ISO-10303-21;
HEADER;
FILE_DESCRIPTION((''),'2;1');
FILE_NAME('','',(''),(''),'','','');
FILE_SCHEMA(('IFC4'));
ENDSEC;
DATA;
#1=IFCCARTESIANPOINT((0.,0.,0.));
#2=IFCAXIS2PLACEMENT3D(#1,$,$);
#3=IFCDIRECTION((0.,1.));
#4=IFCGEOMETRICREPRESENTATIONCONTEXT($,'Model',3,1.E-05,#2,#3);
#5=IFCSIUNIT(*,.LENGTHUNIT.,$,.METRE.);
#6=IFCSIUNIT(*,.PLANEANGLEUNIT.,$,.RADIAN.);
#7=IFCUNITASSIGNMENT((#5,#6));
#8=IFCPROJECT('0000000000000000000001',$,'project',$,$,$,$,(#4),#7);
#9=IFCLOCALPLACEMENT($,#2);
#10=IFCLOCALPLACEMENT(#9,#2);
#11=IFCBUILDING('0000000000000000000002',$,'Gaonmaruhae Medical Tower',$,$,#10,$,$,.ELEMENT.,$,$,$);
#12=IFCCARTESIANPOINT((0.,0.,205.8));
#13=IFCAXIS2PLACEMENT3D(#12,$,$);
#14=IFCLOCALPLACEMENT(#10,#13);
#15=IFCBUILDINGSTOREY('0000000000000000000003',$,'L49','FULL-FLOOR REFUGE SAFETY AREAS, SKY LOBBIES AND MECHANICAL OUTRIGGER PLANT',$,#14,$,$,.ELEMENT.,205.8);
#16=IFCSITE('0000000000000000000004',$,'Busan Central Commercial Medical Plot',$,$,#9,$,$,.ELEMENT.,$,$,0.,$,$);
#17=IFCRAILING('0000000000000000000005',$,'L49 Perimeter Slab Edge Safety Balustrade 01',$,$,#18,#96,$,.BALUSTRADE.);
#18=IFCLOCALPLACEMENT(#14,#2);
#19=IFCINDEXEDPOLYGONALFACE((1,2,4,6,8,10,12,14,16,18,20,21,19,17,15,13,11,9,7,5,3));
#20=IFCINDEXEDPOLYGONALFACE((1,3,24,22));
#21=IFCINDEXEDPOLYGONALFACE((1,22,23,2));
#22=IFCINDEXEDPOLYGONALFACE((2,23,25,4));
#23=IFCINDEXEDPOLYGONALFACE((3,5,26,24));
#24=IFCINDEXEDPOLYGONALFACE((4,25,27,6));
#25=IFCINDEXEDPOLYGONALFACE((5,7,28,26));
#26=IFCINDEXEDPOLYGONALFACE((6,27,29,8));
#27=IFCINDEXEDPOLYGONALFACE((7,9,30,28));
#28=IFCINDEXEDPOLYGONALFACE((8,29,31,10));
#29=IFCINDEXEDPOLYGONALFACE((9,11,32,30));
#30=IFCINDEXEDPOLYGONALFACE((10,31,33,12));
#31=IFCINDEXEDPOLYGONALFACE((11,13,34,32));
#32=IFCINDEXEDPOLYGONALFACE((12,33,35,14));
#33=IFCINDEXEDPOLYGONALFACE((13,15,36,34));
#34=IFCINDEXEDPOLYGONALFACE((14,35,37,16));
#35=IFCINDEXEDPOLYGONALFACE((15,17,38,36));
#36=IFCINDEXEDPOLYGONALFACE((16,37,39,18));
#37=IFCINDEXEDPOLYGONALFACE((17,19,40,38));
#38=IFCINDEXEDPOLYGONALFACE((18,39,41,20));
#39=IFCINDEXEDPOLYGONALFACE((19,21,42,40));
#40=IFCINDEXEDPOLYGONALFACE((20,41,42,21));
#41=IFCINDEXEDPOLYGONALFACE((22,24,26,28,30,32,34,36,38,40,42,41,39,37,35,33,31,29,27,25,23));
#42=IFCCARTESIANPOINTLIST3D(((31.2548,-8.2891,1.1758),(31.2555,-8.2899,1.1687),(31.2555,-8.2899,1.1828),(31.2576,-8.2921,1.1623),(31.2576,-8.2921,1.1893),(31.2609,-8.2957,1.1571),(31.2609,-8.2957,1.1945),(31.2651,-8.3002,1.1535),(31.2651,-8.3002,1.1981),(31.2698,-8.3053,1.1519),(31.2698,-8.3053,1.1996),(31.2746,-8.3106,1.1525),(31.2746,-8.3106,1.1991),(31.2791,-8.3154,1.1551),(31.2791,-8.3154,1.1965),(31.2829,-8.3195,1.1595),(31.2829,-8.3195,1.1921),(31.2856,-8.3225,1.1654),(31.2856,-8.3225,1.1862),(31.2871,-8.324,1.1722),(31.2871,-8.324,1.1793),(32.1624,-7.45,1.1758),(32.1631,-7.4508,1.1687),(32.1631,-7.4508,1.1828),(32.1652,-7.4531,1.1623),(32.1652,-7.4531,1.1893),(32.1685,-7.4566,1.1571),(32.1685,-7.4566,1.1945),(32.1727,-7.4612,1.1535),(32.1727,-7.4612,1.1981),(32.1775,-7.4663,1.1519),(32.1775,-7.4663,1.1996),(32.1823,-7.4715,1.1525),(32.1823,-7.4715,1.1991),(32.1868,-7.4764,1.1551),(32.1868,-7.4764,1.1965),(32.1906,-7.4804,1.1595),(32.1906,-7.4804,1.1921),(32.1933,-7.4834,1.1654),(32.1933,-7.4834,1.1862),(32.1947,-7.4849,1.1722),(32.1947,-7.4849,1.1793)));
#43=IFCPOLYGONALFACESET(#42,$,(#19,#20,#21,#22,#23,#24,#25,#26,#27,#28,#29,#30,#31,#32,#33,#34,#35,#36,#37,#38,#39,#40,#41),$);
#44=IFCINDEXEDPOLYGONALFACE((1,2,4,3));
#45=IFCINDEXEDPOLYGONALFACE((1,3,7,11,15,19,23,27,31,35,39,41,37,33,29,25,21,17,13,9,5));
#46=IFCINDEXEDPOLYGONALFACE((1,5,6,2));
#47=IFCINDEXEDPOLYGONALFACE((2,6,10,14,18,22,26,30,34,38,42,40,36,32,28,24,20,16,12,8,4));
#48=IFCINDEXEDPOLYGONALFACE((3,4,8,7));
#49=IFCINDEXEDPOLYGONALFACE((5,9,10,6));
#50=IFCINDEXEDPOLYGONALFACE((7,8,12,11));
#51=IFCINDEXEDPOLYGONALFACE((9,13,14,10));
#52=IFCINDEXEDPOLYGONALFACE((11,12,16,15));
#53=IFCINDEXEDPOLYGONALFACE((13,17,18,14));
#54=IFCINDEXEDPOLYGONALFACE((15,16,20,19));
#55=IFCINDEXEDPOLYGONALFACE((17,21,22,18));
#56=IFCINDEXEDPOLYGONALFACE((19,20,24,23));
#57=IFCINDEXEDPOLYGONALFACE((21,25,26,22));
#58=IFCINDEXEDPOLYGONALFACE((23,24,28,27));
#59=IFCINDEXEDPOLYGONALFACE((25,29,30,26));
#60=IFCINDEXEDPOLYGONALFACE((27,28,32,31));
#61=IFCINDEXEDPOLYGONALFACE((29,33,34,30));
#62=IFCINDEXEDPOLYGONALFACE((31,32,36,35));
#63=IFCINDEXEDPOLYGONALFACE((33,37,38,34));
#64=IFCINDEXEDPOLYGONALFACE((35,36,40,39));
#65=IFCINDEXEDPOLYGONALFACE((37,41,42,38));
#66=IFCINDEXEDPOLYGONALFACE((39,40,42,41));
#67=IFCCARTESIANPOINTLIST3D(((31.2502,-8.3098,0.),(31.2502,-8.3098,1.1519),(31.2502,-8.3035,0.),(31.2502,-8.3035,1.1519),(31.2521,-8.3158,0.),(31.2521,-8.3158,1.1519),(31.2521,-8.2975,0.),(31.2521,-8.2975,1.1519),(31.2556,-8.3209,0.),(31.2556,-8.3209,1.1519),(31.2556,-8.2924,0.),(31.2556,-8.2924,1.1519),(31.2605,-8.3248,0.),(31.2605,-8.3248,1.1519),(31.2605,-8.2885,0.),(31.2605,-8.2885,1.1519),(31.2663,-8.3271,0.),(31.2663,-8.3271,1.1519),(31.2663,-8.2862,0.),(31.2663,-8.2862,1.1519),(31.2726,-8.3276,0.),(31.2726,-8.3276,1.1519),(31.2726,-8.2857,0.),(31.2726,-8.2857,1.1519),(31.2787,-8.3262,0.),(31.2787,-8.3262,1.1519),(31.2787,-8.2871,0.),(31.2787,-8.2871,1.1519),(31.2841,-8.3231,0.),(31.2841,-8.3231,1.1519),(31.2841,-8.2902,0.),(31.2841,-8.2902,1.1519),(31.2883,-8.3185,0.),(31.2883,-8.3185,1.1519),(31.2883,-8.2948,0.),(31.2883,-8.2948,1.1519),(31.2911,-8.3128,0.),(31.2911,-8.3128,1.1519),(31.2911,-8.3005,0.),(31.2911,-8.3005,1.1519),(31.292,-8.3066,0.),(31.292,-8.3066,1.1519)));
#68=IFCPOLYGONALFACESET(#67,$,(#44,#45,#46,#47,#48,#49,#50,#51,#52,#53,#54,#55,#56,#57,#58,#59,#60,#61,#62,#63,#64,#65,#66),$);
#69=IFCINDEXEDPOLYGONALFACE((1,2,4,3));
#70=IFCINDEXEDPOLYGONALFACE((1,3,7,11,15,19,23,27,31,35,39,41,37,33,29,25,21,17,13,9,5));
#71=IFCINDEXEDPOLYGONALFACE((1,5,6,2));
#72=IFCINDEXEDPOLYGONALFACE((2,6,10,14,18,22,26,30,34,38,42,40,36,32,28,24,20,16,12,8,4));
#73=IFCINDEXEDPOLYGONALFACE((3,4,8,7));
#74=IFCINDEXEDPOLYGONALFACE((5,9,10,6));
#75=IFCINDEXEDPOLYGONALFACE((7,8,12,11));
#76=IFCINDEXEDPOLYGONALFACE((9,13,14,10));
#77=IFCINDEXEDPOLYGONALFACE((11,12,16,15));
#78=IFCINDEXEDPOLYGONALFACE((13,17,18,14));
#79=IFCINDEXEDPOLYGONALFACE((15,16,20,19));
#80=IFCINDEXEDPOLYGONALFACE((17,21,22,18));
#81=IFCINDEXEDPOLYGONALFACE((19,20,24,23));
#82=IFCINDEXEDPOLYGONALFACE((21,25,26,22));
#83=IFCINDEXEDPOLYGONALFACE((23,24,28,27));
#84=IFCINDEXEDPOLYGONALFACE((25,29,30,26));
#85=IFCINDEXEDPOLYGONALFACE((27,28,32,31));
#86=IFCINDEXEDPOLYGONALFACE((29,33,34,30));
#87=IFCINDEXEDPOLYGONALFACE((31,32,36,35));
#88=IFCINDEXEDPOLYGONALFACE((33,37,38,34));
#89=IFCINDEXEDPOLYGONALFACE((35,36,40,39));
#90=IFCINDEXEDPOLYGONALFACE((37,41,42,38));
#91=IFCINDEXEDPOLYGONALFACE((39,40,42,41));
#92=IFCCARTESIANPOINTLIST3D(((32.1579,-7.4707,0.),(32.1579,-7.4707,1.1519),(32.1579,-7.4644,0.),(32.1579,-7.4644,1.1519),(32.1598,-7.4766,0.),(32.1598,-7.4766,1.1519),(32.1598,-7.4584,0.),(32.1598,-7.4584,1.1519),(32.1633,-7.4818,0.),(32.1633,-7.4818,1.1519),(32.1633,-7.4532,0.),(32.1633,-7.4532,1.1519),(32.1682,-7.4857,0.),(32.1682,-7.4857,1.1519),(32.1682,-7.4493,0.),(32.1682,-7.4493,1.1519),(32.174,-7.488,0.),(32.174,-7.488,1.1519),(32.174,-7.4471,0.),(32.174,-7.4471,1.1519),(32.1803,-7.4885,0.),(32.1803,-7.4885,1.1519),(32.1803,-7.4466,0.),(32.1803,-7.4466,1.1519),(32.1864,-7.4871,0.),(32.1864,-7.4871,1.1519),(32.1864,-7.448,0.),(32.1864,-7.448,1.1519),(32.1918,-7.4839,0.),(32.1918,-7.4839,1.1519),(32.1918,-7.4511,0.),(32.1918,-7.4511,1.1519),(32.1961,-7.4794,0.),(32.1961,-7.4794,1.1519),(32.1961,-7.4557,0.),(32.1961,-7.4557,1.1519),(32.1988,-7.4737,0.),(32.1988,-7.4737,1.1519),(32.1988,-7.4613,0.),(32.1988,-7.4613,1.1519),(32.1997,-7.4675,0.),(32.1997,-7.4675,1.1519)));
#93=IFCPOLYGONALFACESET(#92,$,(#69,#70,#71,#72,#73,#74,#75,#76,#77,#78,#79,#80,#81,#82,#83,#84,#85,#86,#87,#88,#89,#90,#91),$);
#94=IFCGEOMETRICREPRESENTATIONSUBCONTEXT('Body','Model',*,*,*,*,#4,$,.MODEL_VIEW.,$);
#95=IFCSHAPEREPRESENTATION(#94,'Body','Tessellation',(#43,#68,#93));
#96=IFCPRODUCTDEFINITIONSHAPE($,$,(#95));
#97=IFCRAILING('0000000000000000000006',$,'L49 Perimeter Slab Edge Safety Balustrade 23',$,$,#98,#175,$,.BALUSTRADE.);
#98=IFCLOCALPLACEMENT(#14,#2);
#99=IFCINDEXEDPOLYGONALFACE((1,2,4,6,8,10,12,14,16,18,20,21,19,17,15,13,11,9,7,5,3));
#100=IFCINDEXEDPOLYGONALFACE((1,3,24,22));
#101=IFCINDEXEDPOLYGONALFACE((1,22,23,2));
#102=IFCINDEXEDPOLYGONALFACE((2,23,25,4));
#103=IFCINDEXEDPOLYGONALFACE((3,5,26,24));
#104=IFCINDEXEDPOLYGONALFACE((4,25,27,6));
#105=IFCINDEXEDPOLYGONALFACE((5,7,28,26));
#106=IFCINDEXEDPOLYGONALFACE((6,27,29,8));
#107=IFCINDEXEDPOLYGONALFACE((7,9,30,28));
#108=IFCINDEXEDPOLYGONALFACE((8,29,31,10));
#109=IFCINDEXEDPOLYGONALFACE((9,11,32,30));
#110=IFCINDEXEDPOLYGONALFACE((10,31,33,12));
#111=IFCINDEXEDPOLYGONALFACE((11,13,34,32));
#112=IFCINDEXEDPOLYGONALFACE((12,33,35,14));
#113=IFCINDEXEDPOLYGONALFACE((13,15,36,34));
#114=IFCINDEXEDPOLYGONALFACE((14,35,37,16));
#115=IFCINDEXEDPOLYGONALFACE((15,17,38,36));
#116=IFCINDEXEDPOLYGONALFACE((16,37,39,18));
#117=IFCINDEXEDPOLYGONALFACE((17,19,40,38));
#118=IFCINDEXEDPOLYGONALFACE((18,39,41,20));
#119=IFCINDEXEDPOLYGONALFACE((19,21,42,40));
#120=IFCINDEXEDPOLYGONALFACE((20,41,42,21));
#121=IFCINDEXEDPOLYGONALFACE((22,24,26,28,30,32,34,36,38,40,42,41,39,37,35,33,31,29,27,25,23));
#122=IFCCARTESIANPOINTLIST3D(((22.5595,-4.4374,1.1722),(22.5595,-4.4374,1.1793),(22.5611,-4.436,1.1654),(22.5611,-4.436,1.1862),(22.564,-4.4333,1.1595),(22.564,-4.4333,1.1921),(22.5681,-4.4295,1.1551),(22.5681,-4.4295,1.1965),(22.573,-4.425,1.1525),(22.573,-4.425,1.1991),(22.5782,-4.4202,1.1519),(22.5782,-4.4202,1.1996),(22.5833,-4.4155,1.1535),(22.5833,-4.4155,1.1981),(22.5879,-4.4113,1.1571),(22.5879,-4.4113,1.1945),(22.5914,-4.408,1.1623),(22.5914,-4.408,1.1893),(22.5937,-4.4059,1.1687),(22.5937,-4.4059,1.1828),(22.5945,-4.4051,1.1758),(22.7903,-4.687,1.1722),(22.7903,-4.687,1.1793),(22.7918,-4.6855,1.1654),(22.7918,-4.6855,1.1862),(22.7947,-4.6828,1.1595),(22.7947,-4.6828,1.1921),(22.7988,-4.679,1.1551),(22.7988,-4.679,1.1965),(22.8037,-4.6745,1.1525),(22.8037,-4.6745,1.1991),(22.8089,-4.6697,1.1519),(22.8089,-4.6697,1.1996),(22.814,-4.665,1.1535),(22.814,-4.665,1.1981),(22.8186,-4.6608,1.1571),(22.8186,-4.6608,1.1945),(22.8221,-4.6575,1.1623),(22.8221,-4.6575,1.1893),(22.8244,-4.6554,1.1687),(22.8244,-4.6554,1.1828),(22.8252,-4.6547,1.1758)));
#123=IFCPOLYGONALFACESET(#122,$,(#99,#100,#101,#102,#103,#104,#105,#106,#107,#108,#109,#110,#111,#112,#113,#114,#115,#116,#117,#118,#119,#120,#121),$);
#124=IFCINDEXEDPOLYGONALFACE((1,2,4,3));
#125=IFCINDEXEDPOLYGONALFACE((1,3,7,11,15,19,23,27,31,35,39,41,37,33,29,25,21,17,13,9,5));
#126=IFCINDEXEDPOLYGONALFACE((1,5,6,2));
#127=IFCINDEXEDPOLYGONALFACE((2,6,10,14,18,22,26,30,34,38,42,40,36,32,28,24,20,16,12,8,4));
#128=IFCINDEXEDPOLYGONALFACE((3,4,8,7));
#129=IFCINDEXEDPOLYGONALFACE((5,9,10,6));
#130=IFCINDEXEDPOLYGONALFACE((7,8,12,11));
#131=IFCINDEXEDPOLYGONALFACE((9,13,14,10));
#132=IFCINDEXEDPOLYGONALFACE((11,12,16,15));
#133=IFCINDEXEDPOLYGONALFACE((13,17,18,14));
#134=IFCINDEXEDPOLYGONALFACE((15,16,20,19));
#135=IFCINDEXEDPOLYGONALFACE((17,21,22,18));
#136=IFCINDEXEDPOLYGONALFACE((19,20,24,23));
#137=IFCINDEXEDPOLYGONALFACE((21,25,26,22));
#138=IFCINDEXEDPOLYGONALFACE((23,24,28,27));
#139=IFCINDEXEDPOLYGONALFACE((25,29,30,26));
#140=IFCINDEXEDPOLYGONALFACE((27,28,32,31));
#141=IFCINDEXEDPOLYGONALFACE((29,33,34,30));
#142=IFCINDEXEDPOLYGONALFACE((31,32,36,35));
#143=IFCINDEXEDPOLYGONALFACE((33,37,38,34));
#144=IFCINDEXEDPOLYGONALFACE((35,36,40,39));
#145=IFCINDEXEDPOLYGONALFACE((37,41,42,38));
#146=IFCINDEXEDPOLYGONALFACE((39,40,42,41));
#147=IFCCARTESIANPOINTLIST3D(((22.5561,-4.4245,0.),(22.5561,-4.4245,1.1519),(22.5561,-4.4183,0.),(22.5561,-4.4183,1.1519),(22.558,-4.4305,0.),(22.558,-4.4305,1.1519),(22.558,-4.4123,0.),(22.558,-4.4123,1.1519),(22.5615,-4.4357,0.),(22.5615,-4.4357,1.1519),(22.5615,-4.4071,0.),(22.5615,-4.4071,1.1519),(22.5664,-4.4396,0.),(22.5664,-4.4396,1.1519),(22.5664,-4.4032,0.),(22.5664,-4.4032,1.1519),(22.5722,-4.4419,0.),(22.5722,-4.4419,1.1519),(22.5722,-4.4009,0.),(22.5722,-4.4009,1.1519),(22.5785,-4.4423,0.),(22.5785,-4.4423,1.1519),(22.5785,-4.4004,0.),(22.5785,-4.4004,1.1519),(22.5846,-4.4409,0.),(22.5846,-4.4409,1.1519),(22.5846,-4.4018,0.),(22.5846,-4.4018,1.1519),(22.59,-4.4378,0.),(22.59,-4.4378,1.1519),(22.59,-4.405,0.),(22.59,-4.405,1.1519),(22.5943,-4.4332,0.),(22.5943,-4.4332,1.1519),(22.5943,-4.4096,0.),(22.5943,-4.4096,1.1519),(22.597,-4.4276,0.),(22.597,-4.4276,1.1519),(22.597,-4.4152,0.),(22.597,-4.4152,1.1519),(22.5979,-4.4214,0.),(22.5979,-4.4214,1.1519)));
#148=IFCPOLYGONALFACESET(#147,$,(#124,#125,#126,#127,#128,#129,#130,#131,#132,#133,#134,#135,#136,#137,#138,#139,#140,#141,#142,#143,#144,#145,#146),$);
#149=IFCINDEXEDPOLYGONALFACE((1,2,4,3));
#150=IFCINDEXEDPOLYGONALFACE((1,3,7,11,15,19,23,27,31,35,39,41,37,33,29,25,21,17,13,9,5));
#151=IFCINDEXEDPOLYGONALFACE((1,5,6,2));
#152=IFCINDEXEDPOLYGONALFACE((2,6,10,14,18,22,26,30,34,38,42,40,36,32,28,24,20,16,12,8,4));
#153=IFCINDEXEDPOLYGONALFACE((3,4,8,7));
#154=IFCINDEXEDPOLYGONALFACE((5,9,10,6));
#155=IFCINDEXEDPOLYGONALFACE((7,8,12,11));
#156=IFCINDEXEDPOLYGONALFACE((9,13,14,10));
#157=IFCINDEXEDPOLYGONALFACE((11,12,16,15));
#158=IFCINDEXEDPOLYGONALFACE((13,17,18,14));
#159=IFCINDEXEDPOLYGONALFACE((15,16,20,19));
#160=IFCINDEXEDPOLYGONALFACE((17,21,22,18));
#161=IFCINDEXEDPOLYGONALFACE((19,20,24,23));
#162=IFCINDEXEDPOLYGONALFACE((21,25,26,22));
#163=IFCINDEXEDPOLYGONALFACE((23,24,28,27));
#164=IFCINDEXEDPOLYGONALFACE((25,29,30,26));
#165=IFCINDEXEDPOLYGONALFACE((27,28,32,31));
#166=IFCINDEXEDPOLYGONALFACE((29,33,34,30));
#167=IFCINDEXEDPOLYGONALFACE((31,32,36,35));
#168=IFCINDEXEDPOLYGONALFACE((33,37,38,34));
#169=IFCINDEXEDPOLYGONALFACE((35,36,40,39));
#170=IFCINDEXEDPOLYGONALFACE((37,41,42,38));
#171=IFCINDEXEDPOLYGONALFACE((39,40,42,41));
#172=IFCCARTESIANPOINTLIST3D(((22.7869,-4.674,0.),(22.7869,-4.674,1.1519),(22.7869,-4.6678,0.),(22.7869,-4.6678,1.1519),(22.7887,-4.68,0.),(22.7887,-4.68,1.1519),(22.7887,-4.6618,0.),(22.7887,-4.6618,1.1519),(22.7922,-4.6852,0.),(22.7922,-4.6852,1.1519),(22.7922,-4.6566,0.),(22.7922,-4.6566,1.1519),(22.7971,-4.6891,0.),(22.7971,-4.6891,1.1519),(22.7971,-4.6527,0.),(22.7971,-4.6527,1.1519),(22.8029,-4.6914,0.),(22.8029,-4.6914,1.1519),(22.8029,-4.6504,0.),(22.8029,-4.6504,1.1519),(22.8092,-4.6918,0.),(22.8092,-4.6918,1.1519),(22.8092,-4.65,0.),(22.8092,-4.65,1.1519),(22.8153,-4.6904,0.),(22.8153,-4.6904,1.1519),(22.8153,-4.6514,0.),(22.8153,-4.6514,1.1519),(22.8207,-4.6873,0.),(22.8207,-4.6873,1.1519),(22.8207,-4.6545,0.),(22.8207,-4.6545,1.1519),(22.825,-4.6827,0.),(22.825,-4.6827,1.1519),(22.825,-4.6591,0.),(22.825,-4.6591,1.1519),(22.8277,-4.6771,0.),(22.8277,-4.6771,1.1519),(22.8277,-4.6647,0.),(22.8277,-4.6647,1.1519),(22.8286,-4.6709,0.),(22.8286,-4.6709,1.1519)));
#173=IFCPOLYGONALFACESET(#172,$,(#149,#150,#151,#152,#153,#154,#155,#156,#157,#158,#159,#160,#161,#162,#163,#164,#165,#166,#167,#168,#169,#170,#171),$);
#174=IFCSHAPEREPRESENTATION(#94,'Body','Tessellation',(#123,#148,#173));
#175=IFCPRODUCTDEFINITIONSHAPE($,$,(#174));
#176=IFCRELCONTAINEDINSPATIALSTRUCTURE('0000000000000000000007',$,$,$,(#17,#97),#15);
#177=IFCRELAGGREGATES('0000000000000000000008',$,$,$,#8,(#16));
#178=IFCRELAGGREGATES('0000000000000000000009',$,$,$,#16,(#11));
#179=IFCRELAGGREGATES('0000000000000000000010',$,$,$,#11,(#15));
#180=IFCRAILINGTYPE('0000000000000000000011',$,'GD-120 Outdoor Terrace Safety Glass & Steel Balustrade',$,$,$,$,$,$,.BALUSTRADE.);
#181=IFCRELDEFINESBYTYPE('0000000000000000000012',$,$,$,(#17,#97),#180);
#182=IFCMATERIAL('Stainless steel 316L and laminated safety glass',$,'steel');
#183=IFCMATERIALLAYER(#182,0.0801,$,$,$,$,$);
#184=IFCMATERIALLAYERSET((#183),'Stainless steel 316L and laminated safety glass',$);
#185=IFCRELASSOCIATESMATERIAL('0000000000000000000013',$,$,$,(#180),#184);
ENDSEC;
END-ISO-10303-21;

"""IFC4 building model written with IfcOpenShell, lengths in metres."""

from ifc_helpers import new_model, si_unit, direction, frame, origin, origin_2d, place, context, subcontext, project, spatial, circle, extrude, material, layer, layer_set, type_object, element, save


model = new_model("IFC4")

# Units and contexts
model_context = context("Model", 3, precision=1e-05, world=origin(), true_north=direction((0.0, 1.0)))
body_context = subcontext(model_context, "Body", "Model", "MODEL_VIEW")
ifc_project = project(units=[si_unit("LENGTHUNIT", "METRE"), si_unit("PLANEANGLEUNIT", "RADIAN")], contexts=[model_context])

# Site, building, storey
site_placement = place(None, origin())
site = spatial("IfcSite", under=ifc_project, at=site_placement, Name="Busan Central Commercial Medical Plot", CompositionType="ELEMENT", RefElevation=0.0)
building_placement = place(site_placement, origin())
building = spatial("IfcBuilding", under=site, at=building_placement, Name="Gaonmaruhae Medical Tower", CompositionType="ELEMENT")
storey_placement = place(building_placement, frame((0.0, 0.0, 205.8)))
storey = spatial("IfcBuildingStorey", under=building, at=storey_placement, Name="L49", Description="FULL-FLOOR REFUGE SAFETY AREAS, SKY LOBBIES AND MECHANICAL OUTRIGGER PLANT", CompositionType="ELEMENT", Elevation=205.8)

# Railings
ifc_material_1 = material(Name="Stainless steel 316L and laminated safety glass", Category="steel")
ifc_layer_1 = layer(ifc_material_1, 0.0801)
ifc_layer_set_1 = layer_set([ifc_layer_1], Name="Stainless steel 316L and laminated safety glass")
railing_type = type_object("IfcRailingType", Name="GD-120 Outdoor Terrace Safety Glass & Steel Balustrade", PredefinedType="BALUSTRADE", material=ifc_layer_set_1)
railing_1_placement = place(storey_placement, frame((31.271, -8.3066, 0.0)))
element("IfcRailing", 1, at=railing_1_placement, inside=storey, type_object=railing_type, Name="L49 Perimeter Slab Edge Safety Balustrade 01", PredefinedType="BALUSTRADE", context=body_context, shape_type="SweptSolid", body=[
    extrude(circle(Radius=0.0239, at=origin_2d()), frame((0.0, 0.0, 1.1758), z_axis=(0.734311, 0.678813, 0.0), x_axis=(-0.678813, 0.734311, 0.0)), (0.0, 0.0, 1.0), 1.2361),
    extrude(circle(Radius=0.021, at=origin_2d()), origin(), (0.0, 0.0, 1.0), 1.1519),
    extrude(circle(Radius=0.021, at=origin_2d()), frame((0.9077, 0.8391, 0.0)), (0.0, 0.0, 1.0), 1.1519),
])
railing_2_placement = place(storey_placement, frame((22.5769, -4.4214, 0.0)))
element("IfcRailing", 2, at=railing_2_placement, inside=storey, type_object=railing_type, Name="L49 Perimeter Slab Edge Safety Balustrade 23", PredefinedType="BALUSTRADE", context=body_context, shape_type="SweptSolid", body=[
    extrude(circle(Radius=0.0239, at=origin_2d()), frame((0.0, 0.0, 1.1758), z_axis=(0.678906, -0.734225, 0.0), x_axis=(0.734225, 0.678906, 0.0)), (0.0, 0.0, 1.0), 0.3398),
    extrude(circle(Radius=0.021, at=origin_2d()), origin(), (0.0, 0.0, 1.0), 1.1519),
    extrude(circle(Radius=0.021, at=origin_2d()), frame((0.2307, -0.2495, 0.0)), (0.0, 0.0, 1.0), 1.1519),
])

save(model, "model.ifc")
